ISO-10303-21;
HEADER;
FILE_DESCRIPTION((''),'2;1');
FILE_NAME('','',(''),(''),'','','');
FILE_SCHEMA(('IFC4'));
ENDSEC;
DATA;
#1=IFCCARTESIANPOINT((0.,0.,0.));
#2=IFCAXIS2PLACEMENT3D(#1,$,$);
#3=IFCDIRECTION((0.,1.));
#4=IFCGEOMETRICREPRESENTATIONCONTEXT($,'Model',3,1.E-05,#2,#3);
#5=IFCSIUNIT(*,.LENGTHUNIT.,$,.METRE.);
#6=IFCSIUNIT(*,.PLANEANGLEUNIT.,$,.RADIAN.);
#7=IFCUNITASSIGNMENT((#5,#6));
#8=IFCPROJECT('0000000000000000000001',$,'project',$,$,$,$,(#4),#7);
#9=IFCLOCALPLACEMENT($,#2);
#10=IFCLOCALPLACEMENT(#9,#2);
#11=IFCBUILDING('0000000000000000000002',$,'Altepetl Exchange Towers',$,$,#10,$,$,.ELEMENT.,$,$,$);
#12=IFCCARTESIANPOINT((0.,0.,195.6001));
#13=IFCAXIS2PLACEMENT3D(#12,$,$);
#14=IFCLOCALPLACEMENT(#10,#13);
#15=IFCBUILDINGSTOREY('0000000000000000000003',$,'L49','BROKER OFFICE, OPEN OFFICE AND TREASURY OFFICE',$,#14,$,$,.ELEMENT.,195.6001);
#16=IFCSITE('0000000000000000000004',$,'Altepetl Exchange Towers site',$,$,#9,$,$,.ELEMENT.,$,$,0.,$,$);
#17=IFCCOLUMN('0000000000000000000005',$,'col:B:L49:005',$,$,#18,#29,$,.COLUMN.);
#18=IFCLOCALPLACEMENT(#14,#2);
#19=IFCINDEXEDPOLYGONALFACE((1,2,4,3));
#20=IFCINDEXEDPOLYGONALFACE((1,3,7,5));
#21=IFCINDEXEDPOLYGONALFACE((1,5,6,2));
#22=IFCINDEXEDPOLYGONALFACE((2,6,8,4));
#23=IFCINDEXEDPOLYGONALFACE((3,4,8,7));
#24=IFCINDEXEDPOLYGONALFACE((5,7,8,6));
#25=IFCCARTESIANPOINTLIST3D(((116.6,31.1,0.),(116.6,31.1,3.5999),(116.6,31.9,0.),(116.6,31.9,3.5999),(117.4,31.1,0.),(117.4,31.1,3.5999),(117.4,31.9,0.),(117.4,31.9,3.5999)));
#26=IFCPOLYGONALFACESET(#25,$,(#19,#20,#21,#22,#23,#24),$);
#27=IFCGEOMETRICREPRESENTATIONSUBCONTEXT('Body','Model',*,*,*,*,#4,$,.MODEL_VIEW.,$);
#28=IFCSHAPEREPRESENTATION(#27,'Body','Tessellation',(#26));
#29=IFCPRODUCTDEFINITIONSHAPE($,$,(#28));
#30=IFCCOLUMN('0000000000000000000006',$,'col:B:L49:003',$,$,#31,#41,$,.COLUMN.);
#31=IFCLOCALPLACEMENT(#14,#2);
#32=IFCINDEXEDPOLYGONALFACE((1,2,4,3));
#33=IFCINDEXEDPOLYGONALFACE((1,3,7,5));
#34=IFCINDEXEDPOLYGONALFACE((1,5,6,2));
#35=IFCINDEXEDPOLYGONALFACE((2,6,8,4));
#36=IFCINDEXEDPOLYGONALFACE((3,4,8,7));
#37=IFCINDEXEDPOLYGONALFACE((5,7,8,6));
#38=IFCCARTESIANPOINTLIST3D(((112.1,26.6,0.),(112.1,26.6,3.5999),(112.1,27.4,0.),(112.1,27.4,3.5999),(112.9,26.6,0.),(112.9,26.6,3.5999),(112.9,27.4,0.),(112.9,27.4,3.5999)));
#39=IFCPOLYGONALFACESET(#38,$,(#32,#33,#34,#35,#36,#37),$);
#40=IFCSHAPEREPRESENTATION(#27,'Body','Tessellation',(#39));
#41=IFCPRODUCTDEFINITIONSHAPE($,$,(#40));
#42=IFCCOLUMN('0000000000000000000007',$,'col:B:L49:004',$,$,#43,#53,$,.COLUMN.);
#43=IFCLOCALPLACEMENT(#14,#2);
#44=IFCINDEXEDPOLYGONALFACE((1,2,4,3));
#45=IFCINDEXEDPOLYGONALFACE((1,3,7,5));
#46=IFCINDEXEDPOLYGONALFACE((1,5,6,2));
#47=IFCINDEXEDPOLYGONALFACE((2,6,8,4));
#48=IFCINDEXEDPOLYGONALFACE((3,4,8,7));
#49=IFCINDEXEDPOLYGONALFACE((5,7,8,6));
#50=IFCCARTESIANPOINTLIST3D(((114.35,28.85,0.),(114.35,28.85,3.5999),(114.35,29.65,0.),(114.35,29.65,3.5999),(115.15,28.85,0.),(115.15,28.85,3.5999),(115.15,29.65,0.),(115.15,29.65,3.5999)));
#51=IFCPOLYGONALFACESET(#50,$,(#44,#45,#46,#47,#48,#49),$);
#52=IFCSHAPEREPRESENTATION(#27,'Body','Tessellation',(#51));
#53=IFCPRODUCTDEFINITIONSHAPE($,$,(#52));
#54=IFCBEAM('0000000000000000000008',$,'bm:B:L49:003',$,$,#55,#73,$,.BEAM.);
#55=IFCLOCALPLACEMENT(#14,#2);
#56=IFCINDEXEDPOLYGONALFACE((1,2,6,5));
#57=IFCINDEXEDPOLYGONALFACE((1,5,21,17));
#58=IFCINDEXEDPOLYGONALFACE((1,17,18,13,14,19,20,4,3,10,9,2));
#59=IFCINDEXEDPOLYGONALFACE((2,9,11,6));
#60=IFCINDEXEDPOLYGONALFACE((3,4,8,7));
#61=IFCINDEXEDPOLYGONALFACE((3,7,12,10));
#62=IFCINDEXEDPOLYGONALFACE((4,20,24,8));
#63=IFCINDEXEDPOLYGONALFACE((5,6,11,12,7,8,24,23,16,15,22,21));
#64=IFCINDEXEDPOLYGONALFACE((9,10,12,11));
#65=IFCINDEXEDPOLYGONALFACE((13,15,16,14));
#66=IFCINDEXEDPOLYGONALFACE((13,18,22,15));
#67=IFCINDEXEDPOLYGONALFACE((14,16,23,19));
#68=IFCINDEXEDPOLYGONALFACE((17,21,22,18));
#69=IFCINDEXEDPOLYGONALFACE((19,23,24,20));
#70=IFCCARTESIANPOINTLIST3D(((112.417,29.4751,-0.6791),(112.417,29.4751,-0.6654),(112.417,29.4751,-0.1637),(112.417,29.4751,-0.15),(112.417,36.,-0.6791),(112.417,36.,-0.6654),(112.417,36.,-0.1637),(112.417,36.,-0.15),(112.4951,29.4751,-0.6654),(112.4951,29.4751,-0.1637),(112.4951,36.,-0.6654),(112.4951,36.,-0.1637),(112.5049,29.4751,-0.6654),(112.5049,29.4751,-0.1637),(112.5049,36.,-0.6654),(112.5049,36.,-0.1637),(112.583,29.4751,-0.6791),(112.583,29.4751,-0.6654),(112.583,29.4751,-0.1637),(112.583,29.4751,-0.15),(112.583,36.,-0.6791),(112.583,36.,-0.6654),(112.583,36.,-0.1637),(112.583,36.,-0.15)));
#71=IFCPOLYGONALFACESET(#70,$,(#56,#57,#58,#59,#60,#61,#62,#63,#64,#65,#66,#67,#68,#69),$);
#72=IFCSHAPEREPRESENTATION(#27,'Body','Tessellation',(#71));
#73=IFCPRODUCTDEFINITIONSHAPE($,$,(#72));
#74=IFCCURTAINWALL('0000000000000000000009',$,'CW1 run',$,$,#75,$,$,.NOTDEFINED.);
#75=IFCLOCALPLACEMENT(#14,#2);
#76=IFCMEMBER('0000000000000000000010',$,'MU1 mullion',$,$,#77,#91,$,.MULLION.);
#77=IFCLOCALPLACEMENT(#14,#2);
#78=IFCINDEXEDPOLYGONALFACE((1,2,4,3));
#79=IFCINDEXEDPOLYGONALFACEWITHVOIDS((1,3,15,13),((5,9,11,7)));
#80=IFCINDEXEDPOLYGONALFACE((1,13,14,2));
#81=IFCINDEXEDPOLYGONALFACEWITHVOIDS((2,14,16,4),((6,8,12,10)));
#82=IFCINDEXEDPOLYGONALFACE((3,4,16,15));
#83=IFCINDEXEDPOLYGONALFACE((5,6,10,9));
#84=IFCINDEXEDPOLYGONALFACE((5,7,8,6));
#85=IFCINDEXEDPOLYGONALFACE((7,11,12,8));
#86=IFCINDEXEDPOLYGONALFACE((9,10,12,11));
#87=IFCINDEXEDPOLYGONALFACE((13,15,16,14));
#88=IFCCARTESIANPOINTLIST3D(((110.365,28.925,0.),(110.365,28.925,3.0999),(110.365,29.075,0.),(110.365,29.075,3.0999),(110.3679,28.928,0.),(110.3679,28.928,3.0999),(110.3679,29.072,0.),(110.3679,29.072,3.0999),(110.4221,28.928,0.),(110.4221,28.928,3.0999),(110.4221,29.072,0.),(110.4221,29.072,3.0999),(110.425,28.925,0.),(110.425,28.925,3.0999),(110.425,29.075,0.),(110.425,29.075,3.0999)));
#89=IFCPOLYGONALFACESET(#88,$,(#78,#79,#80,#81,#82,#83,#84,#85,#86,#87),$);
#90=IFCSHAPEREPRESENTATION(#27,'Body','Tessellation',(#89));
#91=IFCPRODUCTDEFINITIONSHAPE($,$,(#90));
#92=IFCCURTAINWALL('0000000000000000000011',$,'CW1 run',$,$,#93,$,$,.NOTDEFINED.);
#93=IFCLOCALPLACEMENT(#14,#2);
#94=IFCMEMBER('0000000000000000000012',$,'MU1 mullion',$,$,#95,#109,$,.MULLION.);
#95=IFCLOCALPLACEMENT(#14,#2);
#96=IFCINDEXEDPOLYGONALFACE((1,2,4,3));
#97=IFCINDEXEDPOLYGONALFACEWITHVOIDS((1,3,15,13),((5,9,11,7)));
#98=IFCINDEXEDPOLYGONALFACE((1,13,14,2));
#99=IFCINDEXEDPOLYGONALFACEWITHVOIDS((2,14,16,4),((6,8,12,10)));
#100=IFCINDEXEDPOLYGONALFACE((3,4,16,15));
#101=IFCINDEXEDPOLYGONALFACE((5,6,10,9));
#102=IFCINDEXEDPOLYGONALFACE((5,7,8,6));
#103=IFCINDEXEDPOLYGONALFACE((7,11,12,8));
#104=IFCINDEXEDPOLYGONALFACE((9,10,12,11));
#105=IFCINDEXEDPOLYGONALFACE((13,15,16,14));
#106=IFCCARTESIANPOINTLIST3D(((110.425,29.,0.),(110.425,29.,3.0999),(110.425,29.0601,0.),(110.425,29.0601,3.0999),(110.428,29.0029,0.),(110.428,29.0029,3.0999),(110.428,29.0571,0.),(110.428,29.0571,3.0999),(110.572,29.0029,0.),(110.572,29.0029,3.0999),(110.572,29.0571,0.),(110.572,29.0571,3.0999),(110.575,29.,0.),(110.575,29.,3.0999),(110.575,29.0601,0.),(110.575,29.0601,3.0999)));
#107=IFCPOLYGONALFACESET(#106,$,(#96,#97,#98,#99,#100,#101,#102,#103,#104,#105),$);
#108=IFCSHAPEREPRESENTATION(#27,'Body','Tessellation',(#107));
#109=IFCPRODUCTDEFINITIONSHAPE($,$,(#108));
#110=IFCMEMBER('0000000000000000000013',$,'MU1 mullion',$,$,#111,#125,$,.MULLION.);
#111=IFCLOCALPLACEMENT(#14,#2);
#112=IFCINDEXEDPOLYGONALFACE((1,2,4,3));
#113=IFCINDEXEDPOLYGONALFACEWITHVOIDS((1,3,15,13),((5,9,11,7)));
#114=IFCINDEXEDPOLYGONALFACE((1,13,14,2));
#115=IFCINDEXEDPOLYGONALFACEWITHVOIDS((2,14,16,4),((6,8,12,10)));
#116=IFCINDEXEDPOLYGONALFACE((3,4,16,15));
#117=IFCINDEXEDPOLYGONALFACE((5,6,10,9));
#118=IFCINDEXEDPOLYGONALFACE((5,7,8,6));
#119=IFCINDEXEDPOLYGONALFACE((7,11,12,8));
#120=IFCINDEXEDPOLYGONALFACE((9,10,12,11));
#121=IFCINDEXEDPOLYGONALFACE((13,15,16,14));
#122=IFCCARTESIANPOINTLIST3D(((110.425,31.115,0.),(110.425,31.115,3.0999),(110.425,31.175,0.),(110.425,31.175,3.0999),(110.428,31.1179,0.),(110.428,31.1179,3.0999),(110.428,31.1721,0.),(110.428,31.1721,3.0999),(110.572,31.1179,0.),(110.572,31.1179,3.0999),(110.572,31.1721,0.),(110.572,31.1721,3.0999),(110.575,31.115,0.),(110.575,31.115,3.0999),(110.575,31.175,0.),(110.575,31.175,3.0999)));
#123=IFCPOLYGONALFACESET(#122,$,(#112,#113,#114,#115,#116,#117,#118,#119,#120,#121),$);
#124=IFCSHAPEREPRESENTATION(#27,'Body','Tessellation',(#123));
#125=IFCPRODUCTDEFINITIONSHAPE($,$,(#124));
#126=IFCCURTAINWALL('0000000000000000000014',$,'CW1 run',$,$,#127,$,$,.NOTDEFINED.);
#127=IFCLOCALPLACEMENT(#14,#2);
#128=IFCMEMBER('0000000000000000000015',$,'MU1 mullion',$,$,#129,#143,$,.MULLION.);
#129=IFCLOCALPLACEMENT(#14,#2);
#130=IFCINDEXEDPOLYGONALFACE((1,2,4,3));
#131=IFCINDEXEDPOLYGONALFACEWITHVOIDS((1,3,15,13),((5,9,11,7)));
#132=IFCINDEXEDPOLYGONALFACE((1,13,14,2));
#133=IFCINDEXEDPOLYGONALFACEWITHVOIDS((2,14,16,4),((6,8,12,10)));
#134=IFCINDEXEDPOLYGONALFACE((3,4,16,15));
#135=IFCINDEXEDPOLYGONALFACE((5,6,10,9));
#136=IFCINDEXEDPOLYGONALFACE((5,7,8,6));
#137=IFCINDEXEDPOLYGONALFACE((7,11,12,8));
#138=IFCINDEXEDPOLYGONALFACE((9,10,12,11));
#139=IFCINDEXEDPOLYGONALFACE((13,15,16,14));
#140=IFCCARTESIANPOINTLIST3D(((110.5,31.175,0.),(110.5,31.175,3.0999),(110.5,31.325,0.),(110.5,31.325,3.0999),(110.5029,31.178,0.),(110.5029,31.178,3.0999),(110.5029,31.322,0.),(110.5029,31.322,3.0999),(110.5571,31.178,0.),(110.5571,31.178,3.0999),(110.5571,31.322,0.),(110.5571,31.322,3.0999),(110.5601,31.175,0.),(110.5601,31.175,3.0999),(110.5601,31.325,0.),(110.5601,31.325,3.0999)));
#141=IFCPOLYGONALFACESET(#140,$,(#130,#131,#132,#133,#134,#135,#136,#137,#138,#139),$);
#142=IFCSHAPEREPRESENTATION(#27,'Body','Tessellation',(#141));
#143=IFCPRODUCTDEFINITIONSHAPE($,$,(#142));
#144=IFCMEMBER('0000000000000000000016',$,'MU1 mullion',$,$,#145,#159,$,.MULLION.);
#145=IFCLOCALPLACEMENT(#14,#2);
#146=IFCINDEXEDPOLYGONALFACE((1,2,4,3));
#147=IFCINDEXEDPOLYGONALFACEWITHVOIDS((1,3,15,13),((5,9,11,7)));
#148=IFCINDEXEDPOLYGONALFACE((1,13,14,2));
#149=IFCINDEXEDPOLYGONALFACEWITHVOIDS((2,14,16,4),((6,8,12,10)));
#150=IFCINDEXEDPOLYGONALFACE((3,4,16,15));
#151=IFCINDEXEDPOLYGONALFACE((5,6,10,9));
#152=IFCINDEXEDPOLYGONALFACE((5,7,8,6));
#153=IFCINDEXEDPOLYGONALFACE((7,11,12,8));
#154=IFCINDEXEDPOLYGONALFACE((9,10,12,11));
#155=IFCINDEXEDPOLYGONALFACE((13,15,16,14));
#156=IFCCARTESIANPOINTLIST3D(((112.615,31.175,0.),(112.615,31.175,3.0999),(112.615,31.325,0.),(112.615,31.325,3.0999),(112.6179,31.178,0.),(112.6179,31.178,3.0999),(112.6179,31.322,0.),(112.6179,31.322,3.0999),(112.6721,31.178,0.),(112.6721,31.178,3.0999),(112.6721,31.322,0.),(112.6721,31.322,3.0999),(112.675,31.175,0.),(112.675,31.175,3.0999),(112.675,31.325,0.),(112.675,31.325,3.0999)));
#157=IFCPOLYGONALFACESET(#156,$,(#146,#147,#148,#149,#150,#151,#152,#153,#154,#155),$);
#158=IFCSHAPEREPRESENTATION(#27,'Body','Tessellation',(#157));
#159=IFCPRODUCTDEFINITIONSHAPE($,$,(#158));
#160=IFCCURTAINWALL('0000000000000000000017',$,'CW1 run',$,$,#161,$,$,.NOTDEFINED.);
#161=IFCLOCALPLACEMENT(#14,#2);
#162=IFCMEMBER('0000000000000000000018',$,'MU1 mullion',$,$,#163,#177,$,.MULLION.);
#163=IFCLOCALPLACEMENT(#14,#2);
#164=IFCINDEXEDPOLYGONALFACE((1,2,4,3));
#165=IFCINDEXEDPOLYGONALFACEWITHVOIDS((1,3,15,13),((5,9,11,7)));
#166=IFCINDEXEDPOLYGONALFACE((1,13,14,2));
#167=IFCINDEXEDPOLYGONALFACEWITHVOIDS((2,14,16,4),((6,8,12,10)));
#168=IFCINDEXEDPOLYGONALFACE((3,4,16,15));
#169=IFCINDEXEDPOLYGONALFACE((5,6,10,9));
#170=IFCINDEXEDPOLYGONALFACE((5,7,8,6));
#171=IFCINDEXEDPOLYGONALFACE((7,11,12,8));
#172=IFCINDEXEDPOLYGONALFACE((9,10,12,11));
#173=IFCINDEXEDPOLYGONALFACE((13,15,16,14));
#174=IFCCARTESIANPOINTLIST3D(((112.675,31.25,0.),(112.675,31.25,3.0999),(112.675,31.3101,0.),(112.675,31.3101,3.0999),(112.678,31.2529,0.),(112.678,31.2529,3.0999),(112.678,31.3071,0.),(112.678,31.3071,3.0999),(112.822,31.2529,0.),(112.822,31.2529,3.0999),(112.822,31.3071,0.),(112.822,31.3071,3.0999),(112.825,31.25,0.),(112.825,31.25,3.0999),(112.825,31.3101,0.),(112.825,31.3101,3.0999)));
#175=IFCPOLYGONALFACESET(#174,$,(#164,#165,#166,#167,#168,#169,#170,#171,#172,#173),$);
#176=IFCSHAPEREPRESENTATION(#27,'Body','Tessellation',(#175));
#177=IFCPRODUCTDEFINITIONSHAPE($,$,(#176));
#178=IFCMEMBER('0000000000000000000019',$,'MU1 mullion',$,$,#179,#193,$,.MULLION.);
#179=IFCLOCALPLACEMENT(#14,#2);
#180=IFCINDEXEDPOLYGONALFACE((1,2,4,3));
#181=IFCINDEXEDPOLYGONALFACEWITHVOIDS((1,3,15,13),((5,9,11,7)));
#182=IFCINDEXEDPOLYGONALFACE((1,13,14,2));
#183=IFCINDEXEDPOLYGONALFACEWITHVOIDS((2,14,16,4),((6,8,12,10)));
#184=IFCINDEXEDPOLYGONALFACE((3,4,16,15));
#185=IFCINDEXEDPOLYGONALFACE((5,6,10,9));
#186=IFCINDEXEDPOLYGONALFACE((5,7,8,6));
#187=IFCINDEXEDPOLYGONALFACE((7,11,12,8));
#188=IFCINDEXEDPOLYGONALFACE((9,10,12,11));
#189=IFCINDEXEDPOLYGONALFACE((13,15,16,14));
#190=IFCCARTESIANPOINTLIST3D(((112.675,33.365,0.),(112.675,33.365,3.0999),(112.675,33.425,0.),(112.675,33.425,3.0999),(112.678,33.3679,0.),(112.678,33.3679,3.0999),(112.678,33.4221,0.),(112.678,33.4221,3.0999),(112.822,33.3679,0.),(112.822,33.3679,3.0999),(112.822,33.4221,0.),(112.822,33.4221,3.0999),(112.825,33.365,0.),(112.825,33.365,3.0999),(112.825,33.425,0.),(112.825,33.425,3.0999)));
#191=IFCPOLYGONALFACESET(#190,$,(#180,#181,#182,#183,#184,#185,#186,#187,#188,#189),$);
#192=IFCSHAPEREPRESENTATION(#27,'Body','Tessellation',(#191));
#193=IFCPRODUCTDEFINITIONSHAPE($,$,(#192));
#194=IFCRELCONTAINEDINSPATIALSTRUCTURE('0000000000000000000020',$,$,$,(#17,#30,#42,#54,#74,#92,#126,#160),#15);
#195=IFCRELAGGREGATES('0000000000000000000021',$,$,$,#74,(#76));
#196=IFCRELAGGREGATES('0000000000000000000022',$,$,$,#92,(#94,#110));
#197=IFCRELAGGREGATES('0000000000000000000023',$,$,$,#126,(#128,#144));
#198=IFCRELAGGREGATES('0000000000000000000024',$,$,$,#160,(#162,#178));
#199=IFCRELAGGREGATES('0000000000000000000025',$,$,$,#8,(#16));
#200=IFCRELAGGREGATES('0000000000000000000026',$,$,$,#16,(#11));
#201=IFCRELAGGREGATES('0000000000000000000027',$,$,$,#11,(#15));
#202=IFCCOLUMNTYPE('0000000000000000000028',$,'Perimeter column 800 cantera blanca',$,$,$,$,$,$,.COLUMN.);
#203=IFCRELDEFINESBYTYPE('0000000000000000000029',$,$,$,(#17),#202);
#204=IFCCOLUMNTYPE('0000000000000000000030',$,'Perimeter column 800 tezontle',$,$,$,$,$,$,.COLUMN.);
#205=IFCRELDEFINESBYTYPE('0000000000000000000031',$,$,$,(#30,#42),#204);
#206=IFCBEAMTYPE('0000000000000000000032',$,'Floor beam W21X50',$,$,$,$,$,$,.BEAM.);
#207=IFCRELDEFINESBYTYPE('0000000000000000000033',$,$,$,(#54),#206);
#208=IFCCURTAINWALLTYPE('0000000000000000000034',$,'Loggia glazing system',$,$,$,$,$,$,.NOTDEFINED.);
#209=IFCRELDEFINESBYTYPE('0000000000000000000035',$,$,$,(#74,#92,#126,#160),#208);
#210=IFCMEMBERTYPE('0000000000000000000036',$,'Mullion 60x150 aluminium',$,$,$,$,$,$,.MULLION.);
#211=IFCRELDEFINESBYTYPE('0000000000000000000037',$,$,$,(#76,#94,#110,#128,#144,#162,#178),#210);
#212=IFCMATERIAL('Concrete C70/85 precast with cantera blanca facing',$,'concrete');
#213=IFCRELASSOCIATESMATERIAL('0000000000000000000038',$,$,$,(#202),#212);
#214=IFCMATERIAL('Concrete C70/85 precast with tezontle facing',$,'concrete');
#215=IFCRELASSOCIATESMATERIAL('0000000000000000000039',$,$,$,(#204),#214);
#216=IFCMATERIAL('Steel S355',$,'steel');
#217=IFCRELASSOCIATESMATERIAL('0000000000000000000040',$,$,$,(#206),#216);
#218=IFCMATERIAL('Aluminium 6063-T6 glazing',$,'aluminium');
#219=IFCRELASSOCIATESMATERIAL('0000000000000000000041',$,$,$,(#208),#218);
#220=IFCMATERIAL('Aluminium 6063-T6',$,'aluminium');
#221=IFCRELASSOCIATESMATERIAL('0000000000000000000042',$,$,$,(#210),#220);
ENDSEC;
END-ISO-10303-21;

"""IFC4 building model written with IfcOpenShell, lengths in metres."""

from ifc_helpers import new_model, si_unit, direction, frame, origin, origin_2d, place, context, subcontext, project, spatial, rectangle, hollow_rectangle, i_section, extrude, material, material_profile, profile_set, type_object, element, aggregate, save


model = new_model("IFC4")

# Units and contexts
model_context = context("Model", 3, precision=1e-05, world=origin(), true_north=direction((0.0, 1.0)))
body_context = subcontext(model_context, "Body", "Model", "MODEL_VIEW")
ifc_project = project(units=[si_unit("LENGTHUNIT", "METRE"), si_unit("PLANEANGLEUNIT", "RADIAN")], contexts=[model_context])

# Site, building, storey
site_placement = place(None, origin())
site = spatial("IfcSite", under=ifc_project, at=site_placement, Name="Altepetl Exchange Towers site", CompositionType="ELEMENT", RefElevation=0.0)
building_placement = place(site_placement, origin())
building = spatial("IfcBuilding", under=site, at=building_placement, Name="Altepetl Exchange Towers", CompositionType="ELEMENT")
storey_placement = place(building_placement, frame((0.0, 0.0, 195.6001)))
storey = spatial("IfcBuildingStorey", under=building, at=storey_placement, Name="L49", Description="BROKER OFFICE, OPEN OFFICE AND TREASURY OFFICE", CompositionType="ELEMENT", Elevation=195.6001)

# Columns
ifc_material_1 = material(Name="Concrete C70/85 precast with cantera blanca facing", Category="concrete")
ifc_material_profile_1 = material_profile(ifc_material_1, rectangle(XDim=0.8, YDim=0.8, at=origin_2d()), Name="800 x 800")
ifc_profile_set_1 = profile_set([ifc_material_profile_1], Name="Concrete C70/85 precast with cantera blanca facing")
column_type_1 = type_object("IfcColumnType", Name="Perimeter column 800 cantera blanca", PredefinedType="COLUMN", material=ifc_profile_set_1)
column_placement = place(storey_placement, frame((117.0, 31.5, 0.0)))
element("IfcColumn", 1, at=column_placement, inside=storey, type_object=column_type_1, Name="col:B:L49:005", PredefinedType="COLUMN", context=body_context, shape_type="SweptSolid", body=[
    extrude(rectangle(XDim=0.8, YDim=0.8, at=origin_2d()), origin(), (0.0, 0.0, 1.0), 3.5999),
])
ifc_material_2 = material(Name="Concrete C70/85 precast with tezontle facing", Category="concrete")
ifc_material_profile_2 = material_profile(ifc_material_2, rectangle(XDim=0.8, YDim=0.8, at=origin_2d()), Name="800 x 800")
ifc_profile_set_2 = profile_set([ifc_material_profile_2], Name="Concrete C70/85 precast with tezontle facing")
column_type_2 = type_object("IfcColumnType", Name="Perimeter column 800 tezontle", PredefinedType="COLUMN", material=ifc_profile_set_2)
for number, where, name in (
    (2, (112.5, 27.0, 0.0), "col:B:L49:003"),
    (3, (114.75, 29.25, 0.0), "col:B:L49:004"),
):
    element("IfcColumn", number, at=place(storey_placement, frame(where)), inside=storey, type_object=column_type_2, Name=name, PredefinedType="COLUMN", context=body_context, shape_type="SweptSolid", body=[
        extrude(rectangle(XDim=0.8, YDim=0.8, at=origin_2d()), origin(), (0.0, 0.0, 1.0), 3.5999),
    ])

# Beam
ifc_material_3 = material(Name="Steel S355", Category="steel")
ifc_material_profile_3 = material_profile(ifc_material_3, i_section(OverallWidth=0.166, OverallDepth=0.5291, WebThickness=0.0098, FlangeThickness=0.0137, at=origin_2d()), Name="W21X50")
ifc_profile_set_3 = profile_set([ifc_material_profile_3], Name="Steel S355")
beam_type_1 = type_object("IfcBeamType", Name="Floor beam W21X50", PredefinedType="BEAM", material=ifc_profile_set_3)
beam_1_placement = place(storey_placement, frame((112.5, 29.4751, -0.4146), z_axis=(0.0, 1.0, 0.0), x_axis=(-1.0, 0.0, 0.0)))
element("IfcBeam", 4, at=beam_1_placement, inside=storey, type_object=beam_type_1, Name="bm:B:L49:003", PredefinedType="BEAM", context=body_context, shape_type="SweptSolid", body=[
    extrude(i_section(OverallWidth=0.166, OverallDepth=0.5291, WebThickness=0.0098, FlangeThickness=0.0137, at=origin_2d()), origin(), (0.0, 0.0, 1.0), 6.5249),
])

# Curtain wall, member
ifc_material_4 = material(Name="Aluminium 6063-T6 glazing", Category="aluminium")
curtain_wall_type = type_object("IfcCurtainWallType", Name="Loggia glazing system", PredefinedType="NOTDEFINED", material=ifc_material_4)
curtain_wall_1_placement = place(storey_placement, origin())
curtain_wall_1 = element("IfcCurtainWall", 5, at=curtain_wall_1_placement, inside=storey, type_object=curtain_wall_type, Name="CW1 run", PredefinedType="NOTDEFINED")
ifc_material_5 = material(Name="Aluminium 6063-T6", Category="aluminium")
ifc_material_profile_4 = material_profile(ifc_material_5, hollow_rectangle(XDim=0.0601, YDim=0.1499, WallThickness=0.0029, at=origin_2d()), Name="Mullion 60x150 aluminium")
ifc_profile_set_4 = profile_set([ifc_material_profile_4], Name="Aluminium 6063-T6")
member_type = type_object("IfcMemberType", Name="Mullion 60x150 aluminium", PredefinedType="MULLION", material=ifc_profile_set_4)
member_1_placement = place(storey_placement, frame((110.395, 29.0, 0.0)))
member_1 = element("IfcMember", 6, at=member_1_placement, type_object=member_type, Name="MU1 mullion", PredefinedType="MULLION", context=body_context, shape_type="SweptSolid", body=[
    extrude(hollow_rectangle(XDim=0.0601, YDim=0.1499, WallThickness=0.0029, at=origin_2d()), origin(), (0.0, 0.0, 1.0), 3.0999),
])
aggregate(curtain_wall_1, [member_1])

# Curtain walls, members
curtain_wall_2_placement = place(storey_placement, origin())
curtain_wall_2 = element("IfcCurtainWall", 7, at=curtain_wall_2_placement, inside=storey, type_object=curtain_wall_type, Name="CW1 run", PredefinedType="NOTDEFINED")
member_2_placement = place(storey_placement, frame((110.5, 29.03, 0.0), z_axis=(0.0, 0.0, 1.0), x_axis=(0.0, 1.0, 0.0)))
member_2 = element("IfcMember", 8, at=member_2_placement, type_object=member_type, Name="MU1 mullion", PredefinedType="MULLION", context=body_context, shape_type="SweptSolid", body=[
    extrude(hollow_rectangle(XDim=0.0601, YDim=0.1499, WallThickness=0.0029, at=origin_2d()), origin(), (0.0, 0.0, 1.0), 3.0999),
])
member_3_placement = place(storey_placement, frame((110.5, 31.145, 0.0), z_axis=(0.0, 0.0, 1.0), x_axis=(0.0, 1.0, 0.0)))
member_3 = element("IfcMember", 9, at=member_3_placement, type_object=member_type, Name="MU1 mullion", PredefinedType="MULLION", context=body_context, shape_type="SweptSolid", body=[
    extrude(hollow_rectangle(XDim=0.0601, YDim=0.1499, WallThickness=0.0029, at=origin_2d()), origin(), (0.0, 0.0, 1.0), 3.0999),
])
curtain_wall_3_placement = place(storey_placement, origin())
curtain_wall_3 = element("IfcCurtainWall", 10, at=curtain_wall_3_placement, inside=storey, type_object=curtain_wall_type, Name="CW1 run", PredefinedType="NOTDEFINED")
member_4_placement = place(storey_placement, frame((110.53, 31.25, 0.0)))
member_4 = element("IfcMember", 11, at=member_4_placement, type_object=member_type, Name="MU1 mullion", PredefinedType="MULLION", context=body_context, shape_type="SweptSolid", body=[
    extrude(hollow_rectangle(XDim=0.0601, YDim=0.1499, WallThickness=0.0029, at=origin_2d()), origin(), (0.0, 0.0, 1.0), 3.0999),
])
member_5_placement = place(storey_placement, frame((112.645, 31.25, 0.0)))
member_5 = element("IfcMember", 12, at=member_5_placement, type_object=member_type, Name="MU1 mullion", PredefinedType="MULLION", context=body_context, shape_type="SweptSolid", body=[
    extrude(hollow_rectangle(XDim=0.0601, YDim=0.1499, WallThickness=0.0029, at=origin_2d()), origin(), (0.0, 0.0, 1.0), 3.0999),
])
curtain_wall_4_placement = place(storey_placement, origin())
curtain_wall_4 = element("IfcCurtainWall", 13, at=curtain_wall_4_placement, inside=storey, type_object=curtain_wall_type, Name="CW1 run", PredefinedType="NOTDEFINED")
member_6_placement = place(storey_placement, frame((112.75, 31.28, 0.0), z_axis=(0.0, 0.0, 1.0), x_axis=(0.0, 1.0, 0.0)))
member_6 = element("IfcMember", 14, at=member_6_placement, type_object=member_type, Name="MU1 mullion", PredefinedType="MULLION", context=body_context, shape_type="SweptSolid", body=[
    extrude(hollow_rectangle(XDim=0.0601, YDim=0.1499, WallThickness=0.0029, at=origin_2d()), origin(), (0.0, 0.0, 1.0), 3.0999),
])
member_7_placement = place(storey_placement, frame((112.75, 33.395, 0.0), z_axis=(0.0, 0.0, 1.0), x_axis=(0.0, 1.0, 0.0)))
member_7 = element("IfcMember", 15, at=member_7_placement, type_object=member_type, Name="MU1 mullion", PredefinedType="MULLION", context=body_context, shape_type="SweptSolid", body=[
    extrude(hollow_rectangle(XDim=0.0601, YDim=0.1499, WallThickness=0.0029, at=origin_2d()), origin(), (0.0, 0.0, 1.0), 3.0999),
])

aggregate(curtain_wall_2, [member_2, member_3])
aggregate(curtain_wall_3, [member_4, member_5])
aggregate(curtain_wall_4, [member_6, member_7])

save(model, "model.ifc")
